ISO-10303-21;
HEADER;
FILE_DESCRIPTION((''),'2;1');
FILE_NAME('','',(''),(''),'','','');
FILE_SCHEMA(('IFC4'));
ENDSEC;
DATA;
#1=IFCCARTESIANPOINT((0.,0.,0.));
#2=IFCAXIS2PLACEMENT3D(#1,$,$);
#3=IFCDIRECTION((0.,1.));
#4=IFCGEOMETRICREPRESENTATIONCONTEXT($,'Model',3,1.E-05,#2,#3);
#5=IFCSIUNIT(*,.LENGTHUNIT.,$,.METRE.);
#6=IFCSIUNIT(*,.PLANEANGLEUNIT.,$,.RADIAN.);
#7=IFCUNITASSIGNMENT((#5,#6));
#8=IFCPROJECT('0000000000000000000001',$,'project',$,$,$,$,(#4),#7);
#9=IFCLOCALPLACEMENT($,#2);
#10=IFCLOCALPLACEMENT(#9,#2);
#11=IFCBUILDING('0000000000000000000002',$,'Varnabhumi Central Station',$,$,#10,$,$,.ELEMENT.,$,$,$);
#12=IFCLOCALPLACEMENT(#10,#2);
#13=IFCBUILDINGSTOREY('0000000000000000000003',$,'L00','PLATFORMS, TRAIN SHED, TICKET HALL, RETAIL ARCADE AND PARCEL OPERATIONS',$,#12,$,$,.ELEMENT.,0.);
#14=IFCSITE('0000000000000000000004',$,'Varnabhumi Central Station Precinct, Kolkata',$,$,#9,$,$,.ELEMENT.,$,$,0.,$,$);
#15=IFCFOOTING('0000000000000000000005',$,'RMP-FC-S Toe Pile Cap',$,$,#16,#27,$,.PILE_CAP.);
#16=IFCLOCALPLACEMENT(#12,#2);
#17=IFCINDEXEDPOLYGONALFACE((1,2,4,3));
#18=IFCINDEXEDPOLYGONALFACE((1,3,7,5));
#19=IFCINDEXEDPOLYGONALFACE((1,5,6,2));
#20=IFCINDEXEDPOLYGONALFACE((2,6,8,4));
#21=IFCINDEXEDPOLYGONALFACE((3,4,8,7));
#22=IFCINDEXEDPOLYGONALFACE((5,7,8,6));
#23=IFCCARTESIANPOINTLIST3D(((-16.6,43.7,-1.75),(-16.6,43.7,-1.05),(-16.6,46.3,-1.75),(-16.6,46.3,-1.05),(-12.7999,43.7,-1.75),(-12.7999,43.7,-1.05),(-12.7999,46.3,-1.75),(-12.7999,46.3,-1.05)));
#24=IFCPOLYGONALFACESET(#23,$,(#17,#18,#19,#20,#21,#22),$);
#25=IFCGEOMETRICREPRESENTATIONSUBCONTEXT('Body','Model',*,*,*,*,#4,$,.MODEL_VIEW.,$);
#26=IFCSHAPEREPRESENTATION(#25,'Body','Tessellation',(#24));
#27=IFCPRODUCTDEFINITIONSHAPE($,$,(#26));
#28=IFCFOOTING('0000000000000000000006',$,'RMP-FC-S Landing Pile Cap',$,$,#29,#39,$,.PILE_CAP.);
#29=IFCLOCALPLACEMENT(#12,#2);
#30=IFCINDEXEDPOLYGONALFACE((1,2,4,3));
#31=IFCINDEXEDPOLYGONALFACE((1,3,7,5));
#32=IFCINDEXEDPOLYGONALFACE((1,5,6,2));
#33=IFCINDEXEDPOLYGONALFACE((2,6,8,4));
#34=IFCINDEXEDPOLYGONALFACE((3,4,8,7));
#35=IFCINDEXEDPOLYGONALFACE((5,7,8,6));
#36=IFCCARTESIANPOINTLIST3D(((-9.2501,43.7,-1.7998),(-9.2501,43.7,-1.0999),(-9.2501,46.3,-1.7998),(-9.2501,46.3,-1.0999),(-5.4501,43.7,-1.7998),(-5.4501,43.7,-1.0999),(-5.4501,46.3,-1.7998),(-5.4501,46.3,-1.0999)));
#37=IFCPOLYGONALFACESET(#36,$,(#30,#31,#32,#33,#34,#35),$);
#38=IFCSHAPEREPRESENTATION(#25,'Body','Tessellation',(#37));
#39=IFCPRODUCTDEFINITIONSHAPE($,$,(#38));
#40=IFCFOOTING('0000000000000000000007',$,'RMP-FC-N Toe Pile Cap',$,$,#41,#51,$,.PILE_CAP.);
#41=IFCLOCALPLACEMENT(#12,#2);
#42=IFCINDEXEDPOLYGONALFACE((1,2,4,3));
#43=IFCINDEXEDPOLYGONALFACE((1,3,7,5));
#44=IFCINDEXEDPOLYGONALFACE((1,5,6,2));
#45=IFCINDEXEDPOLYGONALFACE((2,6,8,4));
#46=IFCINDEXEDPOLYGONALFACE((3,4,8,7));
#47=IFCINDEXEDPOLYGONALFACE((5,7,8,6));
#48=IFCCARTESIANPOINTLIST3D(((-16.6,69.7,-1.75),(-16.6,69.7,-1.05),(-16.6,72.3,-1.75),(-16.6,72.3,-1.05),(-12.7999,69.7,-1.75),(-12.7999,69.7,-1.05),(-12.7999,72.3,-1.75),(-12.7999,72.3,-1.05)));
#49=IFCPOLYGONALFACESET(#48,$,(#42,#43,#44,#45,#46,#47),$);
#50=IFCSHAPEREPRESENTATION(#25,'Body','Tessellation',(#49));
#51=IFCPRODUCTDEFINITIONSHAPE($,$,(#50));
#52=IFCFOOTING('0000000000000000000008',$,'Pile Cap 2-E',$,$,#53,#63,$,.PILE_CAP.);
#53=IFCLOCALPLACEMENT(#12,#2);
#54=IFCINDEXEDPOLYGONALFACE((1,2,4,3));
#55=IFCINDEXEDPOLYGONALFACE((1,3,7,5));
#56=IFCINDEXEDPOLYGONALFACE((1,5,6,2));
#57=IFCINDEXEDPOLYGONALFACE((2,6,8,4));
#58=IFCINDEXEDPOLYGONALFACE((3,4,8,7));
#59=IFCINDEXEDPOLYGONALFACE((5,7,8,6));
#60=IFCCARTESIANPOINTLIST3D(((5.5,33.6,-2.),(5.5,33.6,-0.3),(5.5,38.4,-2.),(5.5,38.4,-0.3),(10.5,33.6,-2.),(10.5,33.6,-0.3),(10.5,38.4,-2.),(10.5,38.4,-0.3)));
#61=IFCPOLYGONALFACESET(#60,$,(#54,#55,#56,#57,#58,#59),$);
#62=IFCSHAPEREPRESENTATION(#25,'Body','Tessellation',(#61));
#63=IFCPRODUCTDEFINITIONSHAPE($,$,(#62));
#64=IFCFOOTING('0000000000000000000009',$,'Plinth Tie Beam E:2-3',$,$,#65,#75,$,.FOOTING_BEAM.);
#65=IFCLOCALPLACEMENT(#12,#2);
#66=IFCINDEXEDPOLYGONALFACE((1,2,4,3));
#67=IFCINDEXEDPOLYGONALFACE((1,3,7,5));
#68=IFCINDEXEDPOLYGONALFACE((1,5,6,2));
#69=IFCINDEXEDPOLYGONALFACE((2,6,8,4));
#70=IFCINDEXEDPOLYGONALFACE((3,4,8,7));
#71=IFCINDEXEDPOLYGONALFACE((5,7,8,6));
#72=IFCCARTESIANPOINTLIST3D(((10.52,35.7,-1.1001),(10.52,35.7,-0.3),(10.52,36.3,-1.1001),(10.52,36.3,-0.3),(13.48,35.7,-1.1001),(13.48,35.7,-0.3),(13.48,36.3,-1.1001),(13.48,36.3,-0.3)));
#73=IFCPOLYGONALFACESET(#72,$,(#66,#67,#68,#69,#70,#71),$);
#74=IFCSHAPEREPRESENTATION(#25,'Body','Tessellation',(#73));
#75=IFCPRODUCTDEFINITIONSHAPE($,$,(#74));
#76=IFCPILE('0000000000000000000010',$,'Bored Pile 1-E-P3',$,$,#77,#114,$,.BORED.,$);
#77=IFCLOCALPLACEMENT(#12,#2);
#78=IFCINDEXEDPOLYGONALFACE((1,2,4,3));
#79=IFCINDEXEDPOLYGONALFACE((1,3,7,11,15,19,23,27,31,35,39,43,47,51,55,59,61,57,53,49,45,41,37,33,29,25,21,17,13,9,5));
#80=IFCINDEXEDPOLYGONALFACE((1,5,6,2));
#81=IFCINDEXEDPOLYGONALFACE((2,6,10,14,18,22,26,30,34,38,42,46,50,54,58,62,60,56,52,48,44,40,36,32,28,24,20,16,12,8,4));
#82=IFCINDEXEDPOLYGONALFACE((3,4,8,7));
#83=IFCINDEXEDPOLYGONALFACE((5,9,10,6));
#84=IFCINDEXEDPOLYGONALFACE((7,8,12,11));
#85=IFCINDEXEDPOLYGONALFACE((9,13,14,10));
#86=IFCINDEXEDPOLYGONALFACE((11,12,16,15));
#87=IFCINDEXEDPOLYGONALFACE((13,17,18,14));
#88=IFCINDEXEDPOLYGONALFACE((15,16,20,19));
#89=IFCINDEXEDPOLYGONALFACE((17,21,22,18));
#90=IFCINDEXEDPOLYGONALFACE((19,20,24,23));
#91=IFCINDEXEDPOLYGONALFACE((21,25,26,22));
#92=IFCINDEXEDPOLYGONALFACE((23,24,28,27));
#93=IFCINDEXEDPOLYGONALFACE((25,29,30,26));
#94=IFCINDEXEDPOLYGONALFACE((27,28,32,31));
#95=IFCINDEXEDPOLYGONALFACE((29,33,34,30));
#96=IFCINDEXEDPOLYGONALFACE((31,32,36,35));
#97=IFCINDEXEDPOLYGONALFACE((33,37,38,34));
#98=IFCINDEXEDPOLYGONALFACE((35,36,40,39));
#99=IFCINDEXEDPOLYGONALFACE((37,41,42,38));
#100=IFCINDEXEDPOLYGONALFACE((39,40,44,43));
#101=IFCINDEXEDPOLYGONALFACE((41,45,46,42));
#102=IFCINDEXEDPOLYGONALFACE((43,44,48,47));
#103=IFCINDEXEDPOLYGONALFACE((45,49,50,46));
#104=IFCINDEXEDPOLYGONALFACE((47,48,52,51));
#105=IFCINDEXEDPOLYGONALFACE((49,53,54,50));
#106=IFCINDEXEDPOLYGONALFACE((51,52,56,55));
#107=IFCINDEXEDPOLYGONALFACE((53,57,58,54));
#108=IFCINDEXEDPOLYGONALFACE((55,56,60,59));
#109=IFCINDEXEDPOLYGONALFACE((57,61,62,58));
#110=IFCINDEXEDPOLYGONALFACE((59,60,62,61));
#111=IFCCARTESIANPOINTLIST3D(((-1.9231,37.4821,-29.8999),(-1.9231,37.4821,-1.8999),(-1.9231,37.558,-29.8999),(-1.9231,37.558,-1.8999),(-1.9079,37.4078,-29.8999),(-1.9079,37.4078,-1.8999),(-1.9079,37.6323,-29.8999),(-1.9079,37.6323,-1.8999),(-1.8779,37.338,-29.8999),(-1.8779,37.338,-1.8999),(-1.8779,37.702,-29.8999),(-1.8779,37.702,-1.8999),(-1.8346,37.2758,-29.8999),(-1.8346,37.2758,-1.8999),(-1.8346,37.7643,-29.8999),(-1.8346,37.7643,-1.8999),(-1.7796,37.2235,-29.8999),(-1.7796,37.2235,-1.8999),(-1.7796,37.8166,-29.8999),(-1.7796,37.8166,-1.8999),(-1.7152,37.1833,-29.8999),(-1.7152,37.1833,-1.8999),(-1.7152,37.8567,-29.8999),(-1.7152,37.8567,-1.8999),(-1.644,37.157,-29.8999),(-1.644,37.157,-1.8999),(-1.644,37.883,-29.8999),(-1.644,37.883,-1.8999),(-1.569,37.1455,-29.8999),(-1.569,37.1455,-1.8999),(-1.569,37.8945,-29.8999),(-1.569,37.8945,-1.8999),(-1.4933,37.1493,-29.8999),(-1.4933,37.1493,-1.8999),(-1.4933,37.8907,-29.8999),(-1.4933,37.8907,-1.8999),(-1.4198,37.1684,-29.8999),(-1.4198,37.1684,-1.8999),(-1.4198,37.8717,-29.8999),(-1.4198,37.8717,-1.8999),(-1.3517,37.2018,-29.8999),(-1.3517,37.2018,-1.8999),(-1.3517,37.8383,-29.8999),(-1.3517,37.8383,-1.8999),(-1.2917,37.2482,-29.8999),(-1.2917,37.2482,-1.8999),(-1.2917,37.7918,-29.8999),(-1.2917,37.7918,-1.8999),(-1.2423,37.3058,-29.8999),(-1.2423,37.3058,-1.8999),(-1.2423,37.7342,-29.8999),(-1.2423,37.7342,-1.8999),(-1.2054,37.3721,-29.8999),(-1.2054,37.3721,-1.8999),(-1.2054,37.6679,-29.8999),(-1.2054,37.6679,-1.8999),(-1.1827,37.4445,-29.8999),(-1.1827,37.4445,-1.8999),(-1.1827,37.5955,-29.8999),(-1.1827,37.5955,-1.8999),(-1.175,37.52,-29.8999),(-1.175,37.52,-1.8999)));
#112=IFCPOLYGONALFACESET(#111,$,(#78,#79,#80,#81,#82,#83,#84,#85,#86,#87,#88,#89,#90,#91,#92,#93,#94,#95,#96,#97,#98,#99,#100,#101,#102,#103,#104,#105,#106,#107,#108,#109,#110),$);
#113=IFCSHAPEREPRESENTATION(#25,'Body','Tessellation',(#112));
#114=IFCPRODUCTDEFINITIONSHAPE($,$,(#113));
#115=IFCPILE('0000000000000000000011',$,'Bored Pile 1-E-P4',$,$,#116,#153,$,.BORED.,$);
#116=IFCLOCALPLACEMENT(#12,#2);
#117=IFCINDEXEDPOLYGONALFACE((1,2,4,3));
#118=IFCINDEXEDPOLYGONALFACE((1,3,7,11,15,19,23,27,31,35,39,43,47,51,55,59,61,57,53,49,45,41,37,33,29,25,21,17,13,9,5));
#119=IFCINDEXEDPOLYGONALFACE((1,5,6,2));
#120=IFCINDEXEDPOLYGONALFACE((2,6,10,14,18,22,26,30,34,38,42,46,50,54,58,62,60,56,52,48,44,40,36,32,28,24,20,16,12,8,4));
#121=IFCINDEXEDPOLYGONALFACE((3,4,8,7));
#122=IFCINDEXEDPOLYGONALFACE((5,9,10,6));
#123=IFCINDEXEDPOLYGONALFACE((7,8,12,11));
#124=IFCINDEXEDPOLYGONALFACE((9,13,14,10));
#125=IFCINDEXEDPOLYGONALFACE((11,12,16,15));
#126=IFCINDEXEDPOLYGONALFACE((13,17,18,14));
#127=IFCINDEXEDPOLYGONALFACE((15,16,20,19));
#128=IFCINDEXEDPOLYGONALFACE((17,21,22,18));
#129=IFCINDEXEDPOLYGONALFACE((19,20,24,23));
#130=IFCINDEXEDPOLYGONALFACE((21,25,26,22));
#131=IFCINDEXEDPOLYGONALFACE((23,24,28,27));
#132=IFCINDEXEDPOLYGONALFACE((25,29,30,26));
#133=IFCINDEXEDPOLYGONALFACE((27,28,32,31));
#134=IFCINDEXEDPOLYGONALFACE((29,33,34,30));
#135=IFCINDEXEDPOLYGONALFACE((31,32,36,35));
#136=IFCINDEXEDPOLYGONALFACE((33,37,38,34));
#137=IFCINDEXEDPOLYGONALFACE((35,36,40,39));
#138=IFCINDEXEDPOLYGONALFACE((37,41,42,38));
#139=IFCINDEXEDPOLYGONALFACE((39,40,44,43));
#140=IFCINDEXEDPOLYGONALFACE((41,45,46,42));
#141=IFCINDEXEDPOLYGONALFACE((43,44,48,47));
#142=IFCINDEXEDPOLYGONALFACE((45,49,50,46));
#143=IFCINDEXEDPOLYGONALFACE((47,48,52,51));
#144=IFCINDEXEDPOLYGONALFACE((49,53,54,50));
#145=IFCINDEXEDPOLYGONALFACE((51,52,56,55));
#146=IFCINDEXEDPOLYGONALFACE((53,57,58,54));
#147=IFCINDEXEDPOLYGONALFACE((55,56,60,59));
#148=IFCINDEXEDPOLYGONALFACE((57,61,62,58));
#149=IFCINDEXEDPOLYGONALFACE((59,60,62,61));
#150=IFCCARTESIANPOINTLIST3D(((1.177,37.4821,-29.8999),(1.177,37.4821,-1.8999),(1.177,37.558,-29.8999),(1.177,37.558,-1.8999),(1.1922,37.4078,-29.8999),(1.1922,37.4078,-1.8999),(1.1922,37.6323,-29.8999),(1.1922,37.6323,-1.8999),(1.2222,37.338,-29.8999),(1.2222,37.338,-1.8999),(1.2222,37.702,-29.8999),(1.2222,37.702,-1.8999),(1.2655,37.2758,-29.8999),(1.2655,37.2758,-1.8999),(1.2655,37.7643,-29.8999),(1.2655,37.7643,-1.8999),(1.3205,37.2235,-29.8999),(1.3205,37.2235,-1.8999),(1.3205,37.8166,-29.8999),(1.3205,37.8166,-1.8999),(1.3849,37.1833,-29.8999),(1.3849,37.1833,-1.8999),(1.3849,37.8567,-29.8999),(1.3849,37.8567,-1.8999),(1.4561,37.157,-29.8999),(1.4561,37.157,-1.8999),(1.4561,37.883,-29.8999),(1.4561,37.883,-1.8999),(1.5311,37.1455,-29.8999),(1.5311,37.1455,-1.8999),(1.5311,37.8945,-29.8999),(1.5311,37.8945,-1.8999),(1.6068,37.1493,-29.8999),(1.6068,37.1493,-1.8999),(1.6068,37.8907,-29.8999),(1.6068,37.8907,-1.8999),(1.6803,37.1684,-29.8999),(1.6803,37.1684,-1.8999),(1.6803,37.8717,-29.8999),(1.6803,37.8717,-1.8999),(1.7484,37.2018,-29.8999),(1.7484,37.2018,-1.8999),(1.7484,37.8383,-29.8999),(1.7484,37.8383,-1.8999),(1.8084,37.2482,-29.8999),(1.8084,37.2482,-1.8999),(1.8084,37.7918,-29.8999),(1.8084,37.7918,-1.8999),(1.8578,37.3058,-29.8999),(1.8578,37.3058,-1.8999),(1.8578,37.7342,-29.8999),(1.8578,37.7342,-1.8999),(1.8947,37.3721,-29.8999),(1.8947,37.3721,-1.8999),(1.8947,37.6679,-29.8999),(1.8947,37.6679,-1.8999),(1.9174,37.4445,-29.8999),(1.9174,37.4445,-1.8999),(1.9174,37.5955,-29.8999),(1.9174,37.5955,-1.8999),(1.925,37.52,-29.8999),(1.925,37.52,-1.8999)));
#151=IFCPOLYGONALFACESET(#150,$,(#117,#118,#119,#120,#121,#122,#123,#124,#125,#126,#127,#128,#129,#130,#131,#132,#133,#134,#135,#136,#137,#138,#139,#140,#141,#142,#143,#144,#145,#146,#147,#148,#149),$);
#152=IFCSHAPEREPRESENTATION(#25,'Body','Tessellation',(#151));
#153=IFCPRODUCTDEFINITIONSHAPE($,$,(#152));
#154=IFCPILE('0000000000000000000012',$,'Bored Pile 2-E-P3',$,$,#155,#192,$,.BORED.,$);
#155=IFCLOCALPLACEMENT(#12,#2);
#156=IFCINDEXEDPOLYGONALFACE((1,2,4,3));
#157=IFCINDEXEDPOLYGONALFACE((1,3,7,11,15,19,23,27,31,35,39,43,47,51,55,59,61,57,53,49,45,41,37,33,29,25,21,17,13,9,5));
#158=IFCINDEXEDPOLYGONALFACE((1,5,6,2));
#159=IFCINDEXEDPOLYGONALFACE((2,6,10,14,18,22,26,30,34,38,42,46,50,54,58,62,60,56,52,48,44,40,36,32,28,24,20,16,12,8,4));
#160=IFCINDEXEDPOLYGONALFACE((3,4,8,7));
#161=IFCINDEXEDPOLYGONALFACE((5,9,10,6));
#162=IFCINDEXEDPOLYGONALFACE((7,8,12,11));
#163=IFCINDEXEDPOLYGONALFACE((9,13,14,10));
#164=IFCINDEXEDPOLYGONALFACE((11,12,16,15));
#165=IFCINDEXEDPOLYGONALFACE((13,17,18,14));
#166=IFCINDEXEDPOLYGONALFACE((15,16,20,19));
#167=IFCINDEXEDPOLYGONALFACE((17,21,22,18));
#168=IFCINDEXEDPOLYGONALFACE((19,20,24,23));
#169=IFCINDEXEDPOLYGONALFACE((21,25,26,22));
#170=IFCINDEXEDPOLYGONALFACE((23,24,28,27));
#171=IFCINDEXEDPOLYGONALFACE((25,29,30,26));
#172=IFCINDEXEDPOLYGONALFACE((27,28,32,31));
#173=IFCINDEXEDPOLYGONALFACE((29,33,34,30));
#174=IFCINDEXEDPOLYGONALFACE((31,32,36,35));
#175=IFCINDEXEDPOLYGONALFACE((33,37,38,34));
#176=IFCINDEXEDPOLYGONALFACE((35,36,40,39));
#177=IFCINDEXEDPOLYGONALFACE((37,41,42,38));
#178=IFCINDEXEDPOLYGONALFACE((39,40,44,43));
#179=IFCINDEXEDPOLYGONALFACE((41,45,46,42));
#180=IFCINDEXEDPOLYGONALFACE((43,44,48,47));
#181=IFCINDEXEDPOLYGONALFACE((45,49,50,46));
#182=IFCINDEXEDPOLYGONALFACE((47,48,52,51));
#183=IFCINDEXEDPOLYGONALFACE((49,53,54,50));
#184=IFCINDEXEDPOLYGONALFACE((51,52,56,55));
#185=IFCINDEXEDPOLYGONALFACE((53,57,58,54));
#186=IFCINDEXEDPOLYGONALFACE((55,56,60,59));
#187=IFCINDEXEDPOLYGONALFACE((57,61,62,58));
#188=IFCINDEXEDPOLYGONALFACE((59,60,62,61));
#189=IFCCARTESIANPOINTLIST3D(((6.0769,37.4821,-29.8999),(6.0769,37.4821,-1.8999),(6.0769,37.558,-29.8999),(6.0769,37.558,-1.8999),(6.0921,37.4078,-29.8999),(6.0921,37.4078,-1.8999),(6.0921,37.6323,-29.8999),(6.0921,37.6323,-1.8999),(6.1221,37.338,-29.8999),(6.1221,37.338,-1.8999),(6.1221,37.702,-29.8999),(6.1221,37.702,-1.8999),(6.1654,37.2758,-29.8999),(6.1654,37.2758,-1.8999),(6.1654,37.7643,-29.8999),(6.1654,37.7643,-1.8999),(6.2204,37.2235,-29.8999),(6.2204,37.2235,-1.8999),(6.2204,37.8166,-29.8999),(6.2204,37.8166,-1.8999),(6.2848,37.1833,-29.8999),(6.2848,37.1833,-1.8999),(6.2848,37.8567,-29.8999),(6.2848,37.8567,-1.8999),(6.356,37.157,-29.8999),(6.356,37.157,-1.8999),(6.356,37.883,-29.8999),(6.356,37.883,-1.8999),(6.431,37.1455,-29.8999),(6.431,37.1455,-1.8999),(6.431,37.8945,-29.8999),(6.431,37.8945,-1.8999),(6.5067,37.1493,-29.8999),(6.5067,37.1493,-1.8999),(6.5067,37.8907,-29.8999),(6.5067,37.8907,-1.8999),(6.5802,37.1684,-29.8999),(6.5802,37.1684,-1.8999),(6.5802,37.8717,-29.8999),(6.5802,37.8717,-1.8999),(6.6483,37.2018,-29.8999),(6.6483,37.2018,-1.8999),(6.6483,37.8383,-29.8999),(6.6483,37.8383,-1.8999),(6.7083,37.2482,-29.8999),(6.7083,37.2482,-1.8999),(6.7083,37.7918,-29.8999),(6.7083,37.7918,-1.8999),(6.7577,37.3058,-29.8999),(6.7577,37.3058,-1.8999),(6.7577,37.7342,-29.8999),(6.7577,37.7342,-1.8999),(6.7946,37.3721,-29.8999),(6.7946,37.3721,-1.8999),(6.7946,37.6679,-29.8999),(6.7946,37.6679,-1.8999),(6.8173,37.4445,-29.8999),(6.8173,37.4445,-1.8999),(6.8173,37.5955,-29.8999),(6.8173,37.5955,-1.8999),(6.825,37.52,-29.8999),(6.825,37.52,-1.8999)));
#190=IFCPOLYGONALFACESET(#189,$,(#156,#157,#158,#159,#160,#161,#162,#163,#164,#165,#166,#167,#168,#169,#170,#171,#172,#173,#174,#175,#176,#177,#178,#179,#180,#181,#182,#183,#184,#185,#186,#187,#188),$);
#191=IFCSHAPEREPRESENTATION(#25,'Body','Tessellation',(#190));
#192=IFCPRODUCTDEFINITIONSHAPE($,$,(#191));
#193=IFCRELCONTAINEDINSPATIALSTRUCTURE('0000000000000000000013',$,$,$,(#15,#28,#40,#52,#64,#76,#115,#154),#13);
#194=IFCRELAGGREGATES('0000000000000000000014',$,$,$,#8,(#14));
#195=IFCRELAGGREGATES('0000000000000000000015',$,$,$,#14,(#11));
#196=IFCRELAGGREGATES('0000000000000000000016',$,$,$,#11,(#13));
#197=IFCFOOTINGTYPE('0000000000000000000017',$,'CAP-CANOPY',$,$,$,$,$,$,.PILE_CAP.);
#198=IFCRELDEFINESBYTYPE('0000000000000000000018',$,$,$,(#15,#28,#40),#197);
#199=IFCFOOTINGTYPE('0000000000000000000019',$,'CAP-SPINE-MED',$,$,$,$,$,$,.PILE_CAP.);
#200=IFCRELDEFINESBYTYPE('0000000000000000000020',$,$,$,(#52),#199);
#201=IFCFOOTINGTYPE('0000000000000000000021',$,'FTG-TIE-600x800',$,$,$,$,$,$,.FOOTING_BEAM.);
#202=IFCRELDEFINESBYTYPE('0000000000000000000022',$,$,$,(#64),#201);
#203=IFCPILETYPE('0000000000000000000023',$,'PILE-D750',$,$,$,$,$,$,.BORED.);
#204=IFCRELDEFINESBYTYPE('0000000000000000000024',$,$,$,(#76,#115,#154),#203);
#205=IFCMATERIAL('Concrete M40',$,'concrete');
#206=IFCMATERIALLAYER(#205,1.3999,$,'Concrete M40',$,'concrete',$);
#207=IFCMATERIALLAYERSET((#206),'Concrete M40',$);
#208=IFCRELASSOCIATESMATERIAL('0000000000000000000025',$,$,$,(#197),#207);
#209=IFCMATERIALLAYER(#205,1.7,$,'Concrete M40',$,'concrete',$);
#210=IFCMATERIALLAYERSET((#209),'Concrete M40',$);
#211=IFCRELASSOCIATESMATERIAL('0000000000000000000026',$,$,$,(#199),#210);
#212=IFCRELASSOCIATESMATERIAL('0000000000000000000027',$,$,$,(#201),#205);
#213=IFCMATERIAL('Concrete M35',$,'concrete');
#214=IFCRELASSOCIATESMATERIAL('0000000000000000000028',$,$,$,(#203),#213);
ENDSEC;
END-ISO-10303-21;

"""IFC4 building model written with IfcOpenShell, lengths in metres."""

from ifc_helpers import new_model, si_unit, direction, frame, origin, origin_2d, place, context, subcontext, project, spatial, rectangle, circle, extrude, material, layer, layer_set, material_profile, profile_set, type_object, element, save


model = new_model("IFC4")

# Units and contexts
model_context = context("Model", 3, precision=1e-05, world=origin(), true_north=direction((0.0, 1.0)))
body_context = subcontext(model_context, "Body", "Model", "MODEL_VIEW")
ifc_project = project(units=[si_unit("LENGTHUNIT", "METRE"), si_unit("PLANEANGLEUNIT", "RADIAN")], contexts=[model_context])

# Site, building, storey
site_placement = place(None, origin())
site = spatial("IfcSite", under=ifc_project, at=site_placement, Name="Varnabhumi Central Station Precinct, Kolkata", CompositionType="ELEMENT", RefElevation=0.0)
building_placement = place(site_placement, origin())
building = spatial("IfcBuilding", under=site, at=building_placement, Name="Varnabhumi Central Station", CompositionType="ELEMENT")
storey_placement = place(building_placement, origin())
storey = spatial("IfcBuildingStorey", under=building, at=storey_placement, Name="L00", Description="PLATFORMS, TRAIN SHED, TICKET HALL, RETAIL ARCADE AND PARCEL OPERATIONS", CompositionType="ELEMENT", Elevation=0.0)

# Footings
ifc_material_1 = material(Name="Concrete M40", Category="concrete")
ifc_layer_1 = layer(ifc_material_1, 1.3999, Name="Concrete M40", Category="concrete")
ifc_layer_set_1 = layer_set([ifc_layer_1], Name="Concrete M40")
footing_type_1 = type_object("IfcFootingType", Name="CAP-CANOPY", PredefinedType="PILE_CAP", material=ifc_layer_set_1)
for number, where, z_axis, x_axis, name in (
    (1, (-14.7, 45.0, -1.75), (0.0, 0.0, 1.0), (1.0, 0.0, 0.0), "RMP-FC-S Toe Pile Cap"),
    (2, (-7.3501, 45.0, -1.7998), (0.0, 0.0, 1.0), (1.0, 0.0, 0.0), "RMP-FC-S Landing Pile Cap"),
    (3, (-14.7, 71.0, -1.75), (0.0, 0.0, 1.0), (1.0, 0.0, 0.0), "RMP-FC-N Toe Pile Cap"),
):
    element("IfcFooting", number, at=place(storey_placement, frame(where, z_axis=z_axis, x_axis=x_axis)), inside=storey, type_object=footing_type_1, Name=name, PredefinedType="PILE_CAP", context=body_context, shape_type="SweptSolid", body=[
        extrude(rectangle(XDim=3.8, YDim=2.6001, at=origin_2d()), origin(), (0.0, 0.0, 1.0), 0.7),
    ])
ifc_layer_2 = layer(ifc_material_1, 1.7, Name="Concrete M40", Category="concrete")
ifc_layer_set_2 = layer_set([ifc_layer_2], Name="Concrete M40")
footing_type_2 = type_object("IfcFootingType", Name="CAP-SPINE-MED", PredefinedType="PILE_CAP", material=ifc_layer_set_2)
footing_1_placement = place(storey_placement, frame((8.0, 36.0, -2.0), z_axis=(0.0, 0.0, 1.0), x_axis=(1.0, 0.0, 0.0)))
element("IfcFooting", 4, at=footing_1_placement, inside=storey, type_object=footing_type_2, Name="Pile Cap 2-E", PredefinedType="PILE_CAP", context=body_context, shape_type="SweptSolid", body=[
    extrude(rectangle(XDim=5.0, YDim=4.8, at=origin_2d()), origin(), (0.0, 0.0, 1.0), 1.7),
])
footing_type_3 = type_object("IfcFootingType", Name="FTG-TIE-600x800", PredefinedType="FOOTING_BEAM", material=ifc_material_1)
footing_2_placement = place(storey_placement, frame((12.0, 36.0, -1.1001), z_axis=(0.0, 0.0, 1.0), x_axis=(1.0, 0.0, 0.0)))
element("IfcFooting", 5, at=footing_2_placement, inside=storey, type_object=footing_type_3, Name="Plinth Tie Beam E:2-3", PredefinedType="FOOTING_BEAM", context=body_context, shape_type="SweptSolid", body=[
    extrude(rectangle(XDim=2.96, YDim=0.6001, at=origin_2d()), origin(), (0.0, 0.0, 1.0), 0.8),
])

# Piles
ifc_material_2 = material(Name="Concrete M35", Category="concrete")
ifc_material_profile_1 = material_profile(ifc_material_2, circle(Radius=0.375, at=origin_2d()), Name="Concrete M35", Category="concrete")
ifc_profile_set_1 = profile_set([ifc_material_profile_1], Name="Concrete M35")
pile_type_1 = type_object("IfcPileType", Name="PILE-D750", PredefinedType="BORED", material=ifc_profile_set_1)
for number, where, z_axis, x_axis, name in (
    (6, (-1.55, 37.52, -1.8999), (0.0, 0.0, -1.0), (1.0, 0.0, 0.0), "Bored Pile 1-E-P3"),
    (7, (1.55, 37.52, -1.8999), (0.0, 0.0, -1.0), (1.0, 0.0, 0.0), "Bored Pile 1-E-P4"),
    (8, (6.45, 37.52, -1.8999), (0.0, 0.0, -1.0), (1.0, 0.0, 0.0), "Bored Pile 2-E-P3"),
):
    element("IfcPile", number, at=place(storey_placement, frame(where, z_axis=z_axis, x_axis=x_axis)), inside=storey, type_object=pile_type_1, Name=name, PredefinedType="BORED", context=body_context, shape_type="SweptSolid", body=[
        extrude(circle(Radius=0.375, at=origin_2d()), origin(), (0.0, 0.0, 1.0), 28.0),
    ])

save(model, "model.ifc")
